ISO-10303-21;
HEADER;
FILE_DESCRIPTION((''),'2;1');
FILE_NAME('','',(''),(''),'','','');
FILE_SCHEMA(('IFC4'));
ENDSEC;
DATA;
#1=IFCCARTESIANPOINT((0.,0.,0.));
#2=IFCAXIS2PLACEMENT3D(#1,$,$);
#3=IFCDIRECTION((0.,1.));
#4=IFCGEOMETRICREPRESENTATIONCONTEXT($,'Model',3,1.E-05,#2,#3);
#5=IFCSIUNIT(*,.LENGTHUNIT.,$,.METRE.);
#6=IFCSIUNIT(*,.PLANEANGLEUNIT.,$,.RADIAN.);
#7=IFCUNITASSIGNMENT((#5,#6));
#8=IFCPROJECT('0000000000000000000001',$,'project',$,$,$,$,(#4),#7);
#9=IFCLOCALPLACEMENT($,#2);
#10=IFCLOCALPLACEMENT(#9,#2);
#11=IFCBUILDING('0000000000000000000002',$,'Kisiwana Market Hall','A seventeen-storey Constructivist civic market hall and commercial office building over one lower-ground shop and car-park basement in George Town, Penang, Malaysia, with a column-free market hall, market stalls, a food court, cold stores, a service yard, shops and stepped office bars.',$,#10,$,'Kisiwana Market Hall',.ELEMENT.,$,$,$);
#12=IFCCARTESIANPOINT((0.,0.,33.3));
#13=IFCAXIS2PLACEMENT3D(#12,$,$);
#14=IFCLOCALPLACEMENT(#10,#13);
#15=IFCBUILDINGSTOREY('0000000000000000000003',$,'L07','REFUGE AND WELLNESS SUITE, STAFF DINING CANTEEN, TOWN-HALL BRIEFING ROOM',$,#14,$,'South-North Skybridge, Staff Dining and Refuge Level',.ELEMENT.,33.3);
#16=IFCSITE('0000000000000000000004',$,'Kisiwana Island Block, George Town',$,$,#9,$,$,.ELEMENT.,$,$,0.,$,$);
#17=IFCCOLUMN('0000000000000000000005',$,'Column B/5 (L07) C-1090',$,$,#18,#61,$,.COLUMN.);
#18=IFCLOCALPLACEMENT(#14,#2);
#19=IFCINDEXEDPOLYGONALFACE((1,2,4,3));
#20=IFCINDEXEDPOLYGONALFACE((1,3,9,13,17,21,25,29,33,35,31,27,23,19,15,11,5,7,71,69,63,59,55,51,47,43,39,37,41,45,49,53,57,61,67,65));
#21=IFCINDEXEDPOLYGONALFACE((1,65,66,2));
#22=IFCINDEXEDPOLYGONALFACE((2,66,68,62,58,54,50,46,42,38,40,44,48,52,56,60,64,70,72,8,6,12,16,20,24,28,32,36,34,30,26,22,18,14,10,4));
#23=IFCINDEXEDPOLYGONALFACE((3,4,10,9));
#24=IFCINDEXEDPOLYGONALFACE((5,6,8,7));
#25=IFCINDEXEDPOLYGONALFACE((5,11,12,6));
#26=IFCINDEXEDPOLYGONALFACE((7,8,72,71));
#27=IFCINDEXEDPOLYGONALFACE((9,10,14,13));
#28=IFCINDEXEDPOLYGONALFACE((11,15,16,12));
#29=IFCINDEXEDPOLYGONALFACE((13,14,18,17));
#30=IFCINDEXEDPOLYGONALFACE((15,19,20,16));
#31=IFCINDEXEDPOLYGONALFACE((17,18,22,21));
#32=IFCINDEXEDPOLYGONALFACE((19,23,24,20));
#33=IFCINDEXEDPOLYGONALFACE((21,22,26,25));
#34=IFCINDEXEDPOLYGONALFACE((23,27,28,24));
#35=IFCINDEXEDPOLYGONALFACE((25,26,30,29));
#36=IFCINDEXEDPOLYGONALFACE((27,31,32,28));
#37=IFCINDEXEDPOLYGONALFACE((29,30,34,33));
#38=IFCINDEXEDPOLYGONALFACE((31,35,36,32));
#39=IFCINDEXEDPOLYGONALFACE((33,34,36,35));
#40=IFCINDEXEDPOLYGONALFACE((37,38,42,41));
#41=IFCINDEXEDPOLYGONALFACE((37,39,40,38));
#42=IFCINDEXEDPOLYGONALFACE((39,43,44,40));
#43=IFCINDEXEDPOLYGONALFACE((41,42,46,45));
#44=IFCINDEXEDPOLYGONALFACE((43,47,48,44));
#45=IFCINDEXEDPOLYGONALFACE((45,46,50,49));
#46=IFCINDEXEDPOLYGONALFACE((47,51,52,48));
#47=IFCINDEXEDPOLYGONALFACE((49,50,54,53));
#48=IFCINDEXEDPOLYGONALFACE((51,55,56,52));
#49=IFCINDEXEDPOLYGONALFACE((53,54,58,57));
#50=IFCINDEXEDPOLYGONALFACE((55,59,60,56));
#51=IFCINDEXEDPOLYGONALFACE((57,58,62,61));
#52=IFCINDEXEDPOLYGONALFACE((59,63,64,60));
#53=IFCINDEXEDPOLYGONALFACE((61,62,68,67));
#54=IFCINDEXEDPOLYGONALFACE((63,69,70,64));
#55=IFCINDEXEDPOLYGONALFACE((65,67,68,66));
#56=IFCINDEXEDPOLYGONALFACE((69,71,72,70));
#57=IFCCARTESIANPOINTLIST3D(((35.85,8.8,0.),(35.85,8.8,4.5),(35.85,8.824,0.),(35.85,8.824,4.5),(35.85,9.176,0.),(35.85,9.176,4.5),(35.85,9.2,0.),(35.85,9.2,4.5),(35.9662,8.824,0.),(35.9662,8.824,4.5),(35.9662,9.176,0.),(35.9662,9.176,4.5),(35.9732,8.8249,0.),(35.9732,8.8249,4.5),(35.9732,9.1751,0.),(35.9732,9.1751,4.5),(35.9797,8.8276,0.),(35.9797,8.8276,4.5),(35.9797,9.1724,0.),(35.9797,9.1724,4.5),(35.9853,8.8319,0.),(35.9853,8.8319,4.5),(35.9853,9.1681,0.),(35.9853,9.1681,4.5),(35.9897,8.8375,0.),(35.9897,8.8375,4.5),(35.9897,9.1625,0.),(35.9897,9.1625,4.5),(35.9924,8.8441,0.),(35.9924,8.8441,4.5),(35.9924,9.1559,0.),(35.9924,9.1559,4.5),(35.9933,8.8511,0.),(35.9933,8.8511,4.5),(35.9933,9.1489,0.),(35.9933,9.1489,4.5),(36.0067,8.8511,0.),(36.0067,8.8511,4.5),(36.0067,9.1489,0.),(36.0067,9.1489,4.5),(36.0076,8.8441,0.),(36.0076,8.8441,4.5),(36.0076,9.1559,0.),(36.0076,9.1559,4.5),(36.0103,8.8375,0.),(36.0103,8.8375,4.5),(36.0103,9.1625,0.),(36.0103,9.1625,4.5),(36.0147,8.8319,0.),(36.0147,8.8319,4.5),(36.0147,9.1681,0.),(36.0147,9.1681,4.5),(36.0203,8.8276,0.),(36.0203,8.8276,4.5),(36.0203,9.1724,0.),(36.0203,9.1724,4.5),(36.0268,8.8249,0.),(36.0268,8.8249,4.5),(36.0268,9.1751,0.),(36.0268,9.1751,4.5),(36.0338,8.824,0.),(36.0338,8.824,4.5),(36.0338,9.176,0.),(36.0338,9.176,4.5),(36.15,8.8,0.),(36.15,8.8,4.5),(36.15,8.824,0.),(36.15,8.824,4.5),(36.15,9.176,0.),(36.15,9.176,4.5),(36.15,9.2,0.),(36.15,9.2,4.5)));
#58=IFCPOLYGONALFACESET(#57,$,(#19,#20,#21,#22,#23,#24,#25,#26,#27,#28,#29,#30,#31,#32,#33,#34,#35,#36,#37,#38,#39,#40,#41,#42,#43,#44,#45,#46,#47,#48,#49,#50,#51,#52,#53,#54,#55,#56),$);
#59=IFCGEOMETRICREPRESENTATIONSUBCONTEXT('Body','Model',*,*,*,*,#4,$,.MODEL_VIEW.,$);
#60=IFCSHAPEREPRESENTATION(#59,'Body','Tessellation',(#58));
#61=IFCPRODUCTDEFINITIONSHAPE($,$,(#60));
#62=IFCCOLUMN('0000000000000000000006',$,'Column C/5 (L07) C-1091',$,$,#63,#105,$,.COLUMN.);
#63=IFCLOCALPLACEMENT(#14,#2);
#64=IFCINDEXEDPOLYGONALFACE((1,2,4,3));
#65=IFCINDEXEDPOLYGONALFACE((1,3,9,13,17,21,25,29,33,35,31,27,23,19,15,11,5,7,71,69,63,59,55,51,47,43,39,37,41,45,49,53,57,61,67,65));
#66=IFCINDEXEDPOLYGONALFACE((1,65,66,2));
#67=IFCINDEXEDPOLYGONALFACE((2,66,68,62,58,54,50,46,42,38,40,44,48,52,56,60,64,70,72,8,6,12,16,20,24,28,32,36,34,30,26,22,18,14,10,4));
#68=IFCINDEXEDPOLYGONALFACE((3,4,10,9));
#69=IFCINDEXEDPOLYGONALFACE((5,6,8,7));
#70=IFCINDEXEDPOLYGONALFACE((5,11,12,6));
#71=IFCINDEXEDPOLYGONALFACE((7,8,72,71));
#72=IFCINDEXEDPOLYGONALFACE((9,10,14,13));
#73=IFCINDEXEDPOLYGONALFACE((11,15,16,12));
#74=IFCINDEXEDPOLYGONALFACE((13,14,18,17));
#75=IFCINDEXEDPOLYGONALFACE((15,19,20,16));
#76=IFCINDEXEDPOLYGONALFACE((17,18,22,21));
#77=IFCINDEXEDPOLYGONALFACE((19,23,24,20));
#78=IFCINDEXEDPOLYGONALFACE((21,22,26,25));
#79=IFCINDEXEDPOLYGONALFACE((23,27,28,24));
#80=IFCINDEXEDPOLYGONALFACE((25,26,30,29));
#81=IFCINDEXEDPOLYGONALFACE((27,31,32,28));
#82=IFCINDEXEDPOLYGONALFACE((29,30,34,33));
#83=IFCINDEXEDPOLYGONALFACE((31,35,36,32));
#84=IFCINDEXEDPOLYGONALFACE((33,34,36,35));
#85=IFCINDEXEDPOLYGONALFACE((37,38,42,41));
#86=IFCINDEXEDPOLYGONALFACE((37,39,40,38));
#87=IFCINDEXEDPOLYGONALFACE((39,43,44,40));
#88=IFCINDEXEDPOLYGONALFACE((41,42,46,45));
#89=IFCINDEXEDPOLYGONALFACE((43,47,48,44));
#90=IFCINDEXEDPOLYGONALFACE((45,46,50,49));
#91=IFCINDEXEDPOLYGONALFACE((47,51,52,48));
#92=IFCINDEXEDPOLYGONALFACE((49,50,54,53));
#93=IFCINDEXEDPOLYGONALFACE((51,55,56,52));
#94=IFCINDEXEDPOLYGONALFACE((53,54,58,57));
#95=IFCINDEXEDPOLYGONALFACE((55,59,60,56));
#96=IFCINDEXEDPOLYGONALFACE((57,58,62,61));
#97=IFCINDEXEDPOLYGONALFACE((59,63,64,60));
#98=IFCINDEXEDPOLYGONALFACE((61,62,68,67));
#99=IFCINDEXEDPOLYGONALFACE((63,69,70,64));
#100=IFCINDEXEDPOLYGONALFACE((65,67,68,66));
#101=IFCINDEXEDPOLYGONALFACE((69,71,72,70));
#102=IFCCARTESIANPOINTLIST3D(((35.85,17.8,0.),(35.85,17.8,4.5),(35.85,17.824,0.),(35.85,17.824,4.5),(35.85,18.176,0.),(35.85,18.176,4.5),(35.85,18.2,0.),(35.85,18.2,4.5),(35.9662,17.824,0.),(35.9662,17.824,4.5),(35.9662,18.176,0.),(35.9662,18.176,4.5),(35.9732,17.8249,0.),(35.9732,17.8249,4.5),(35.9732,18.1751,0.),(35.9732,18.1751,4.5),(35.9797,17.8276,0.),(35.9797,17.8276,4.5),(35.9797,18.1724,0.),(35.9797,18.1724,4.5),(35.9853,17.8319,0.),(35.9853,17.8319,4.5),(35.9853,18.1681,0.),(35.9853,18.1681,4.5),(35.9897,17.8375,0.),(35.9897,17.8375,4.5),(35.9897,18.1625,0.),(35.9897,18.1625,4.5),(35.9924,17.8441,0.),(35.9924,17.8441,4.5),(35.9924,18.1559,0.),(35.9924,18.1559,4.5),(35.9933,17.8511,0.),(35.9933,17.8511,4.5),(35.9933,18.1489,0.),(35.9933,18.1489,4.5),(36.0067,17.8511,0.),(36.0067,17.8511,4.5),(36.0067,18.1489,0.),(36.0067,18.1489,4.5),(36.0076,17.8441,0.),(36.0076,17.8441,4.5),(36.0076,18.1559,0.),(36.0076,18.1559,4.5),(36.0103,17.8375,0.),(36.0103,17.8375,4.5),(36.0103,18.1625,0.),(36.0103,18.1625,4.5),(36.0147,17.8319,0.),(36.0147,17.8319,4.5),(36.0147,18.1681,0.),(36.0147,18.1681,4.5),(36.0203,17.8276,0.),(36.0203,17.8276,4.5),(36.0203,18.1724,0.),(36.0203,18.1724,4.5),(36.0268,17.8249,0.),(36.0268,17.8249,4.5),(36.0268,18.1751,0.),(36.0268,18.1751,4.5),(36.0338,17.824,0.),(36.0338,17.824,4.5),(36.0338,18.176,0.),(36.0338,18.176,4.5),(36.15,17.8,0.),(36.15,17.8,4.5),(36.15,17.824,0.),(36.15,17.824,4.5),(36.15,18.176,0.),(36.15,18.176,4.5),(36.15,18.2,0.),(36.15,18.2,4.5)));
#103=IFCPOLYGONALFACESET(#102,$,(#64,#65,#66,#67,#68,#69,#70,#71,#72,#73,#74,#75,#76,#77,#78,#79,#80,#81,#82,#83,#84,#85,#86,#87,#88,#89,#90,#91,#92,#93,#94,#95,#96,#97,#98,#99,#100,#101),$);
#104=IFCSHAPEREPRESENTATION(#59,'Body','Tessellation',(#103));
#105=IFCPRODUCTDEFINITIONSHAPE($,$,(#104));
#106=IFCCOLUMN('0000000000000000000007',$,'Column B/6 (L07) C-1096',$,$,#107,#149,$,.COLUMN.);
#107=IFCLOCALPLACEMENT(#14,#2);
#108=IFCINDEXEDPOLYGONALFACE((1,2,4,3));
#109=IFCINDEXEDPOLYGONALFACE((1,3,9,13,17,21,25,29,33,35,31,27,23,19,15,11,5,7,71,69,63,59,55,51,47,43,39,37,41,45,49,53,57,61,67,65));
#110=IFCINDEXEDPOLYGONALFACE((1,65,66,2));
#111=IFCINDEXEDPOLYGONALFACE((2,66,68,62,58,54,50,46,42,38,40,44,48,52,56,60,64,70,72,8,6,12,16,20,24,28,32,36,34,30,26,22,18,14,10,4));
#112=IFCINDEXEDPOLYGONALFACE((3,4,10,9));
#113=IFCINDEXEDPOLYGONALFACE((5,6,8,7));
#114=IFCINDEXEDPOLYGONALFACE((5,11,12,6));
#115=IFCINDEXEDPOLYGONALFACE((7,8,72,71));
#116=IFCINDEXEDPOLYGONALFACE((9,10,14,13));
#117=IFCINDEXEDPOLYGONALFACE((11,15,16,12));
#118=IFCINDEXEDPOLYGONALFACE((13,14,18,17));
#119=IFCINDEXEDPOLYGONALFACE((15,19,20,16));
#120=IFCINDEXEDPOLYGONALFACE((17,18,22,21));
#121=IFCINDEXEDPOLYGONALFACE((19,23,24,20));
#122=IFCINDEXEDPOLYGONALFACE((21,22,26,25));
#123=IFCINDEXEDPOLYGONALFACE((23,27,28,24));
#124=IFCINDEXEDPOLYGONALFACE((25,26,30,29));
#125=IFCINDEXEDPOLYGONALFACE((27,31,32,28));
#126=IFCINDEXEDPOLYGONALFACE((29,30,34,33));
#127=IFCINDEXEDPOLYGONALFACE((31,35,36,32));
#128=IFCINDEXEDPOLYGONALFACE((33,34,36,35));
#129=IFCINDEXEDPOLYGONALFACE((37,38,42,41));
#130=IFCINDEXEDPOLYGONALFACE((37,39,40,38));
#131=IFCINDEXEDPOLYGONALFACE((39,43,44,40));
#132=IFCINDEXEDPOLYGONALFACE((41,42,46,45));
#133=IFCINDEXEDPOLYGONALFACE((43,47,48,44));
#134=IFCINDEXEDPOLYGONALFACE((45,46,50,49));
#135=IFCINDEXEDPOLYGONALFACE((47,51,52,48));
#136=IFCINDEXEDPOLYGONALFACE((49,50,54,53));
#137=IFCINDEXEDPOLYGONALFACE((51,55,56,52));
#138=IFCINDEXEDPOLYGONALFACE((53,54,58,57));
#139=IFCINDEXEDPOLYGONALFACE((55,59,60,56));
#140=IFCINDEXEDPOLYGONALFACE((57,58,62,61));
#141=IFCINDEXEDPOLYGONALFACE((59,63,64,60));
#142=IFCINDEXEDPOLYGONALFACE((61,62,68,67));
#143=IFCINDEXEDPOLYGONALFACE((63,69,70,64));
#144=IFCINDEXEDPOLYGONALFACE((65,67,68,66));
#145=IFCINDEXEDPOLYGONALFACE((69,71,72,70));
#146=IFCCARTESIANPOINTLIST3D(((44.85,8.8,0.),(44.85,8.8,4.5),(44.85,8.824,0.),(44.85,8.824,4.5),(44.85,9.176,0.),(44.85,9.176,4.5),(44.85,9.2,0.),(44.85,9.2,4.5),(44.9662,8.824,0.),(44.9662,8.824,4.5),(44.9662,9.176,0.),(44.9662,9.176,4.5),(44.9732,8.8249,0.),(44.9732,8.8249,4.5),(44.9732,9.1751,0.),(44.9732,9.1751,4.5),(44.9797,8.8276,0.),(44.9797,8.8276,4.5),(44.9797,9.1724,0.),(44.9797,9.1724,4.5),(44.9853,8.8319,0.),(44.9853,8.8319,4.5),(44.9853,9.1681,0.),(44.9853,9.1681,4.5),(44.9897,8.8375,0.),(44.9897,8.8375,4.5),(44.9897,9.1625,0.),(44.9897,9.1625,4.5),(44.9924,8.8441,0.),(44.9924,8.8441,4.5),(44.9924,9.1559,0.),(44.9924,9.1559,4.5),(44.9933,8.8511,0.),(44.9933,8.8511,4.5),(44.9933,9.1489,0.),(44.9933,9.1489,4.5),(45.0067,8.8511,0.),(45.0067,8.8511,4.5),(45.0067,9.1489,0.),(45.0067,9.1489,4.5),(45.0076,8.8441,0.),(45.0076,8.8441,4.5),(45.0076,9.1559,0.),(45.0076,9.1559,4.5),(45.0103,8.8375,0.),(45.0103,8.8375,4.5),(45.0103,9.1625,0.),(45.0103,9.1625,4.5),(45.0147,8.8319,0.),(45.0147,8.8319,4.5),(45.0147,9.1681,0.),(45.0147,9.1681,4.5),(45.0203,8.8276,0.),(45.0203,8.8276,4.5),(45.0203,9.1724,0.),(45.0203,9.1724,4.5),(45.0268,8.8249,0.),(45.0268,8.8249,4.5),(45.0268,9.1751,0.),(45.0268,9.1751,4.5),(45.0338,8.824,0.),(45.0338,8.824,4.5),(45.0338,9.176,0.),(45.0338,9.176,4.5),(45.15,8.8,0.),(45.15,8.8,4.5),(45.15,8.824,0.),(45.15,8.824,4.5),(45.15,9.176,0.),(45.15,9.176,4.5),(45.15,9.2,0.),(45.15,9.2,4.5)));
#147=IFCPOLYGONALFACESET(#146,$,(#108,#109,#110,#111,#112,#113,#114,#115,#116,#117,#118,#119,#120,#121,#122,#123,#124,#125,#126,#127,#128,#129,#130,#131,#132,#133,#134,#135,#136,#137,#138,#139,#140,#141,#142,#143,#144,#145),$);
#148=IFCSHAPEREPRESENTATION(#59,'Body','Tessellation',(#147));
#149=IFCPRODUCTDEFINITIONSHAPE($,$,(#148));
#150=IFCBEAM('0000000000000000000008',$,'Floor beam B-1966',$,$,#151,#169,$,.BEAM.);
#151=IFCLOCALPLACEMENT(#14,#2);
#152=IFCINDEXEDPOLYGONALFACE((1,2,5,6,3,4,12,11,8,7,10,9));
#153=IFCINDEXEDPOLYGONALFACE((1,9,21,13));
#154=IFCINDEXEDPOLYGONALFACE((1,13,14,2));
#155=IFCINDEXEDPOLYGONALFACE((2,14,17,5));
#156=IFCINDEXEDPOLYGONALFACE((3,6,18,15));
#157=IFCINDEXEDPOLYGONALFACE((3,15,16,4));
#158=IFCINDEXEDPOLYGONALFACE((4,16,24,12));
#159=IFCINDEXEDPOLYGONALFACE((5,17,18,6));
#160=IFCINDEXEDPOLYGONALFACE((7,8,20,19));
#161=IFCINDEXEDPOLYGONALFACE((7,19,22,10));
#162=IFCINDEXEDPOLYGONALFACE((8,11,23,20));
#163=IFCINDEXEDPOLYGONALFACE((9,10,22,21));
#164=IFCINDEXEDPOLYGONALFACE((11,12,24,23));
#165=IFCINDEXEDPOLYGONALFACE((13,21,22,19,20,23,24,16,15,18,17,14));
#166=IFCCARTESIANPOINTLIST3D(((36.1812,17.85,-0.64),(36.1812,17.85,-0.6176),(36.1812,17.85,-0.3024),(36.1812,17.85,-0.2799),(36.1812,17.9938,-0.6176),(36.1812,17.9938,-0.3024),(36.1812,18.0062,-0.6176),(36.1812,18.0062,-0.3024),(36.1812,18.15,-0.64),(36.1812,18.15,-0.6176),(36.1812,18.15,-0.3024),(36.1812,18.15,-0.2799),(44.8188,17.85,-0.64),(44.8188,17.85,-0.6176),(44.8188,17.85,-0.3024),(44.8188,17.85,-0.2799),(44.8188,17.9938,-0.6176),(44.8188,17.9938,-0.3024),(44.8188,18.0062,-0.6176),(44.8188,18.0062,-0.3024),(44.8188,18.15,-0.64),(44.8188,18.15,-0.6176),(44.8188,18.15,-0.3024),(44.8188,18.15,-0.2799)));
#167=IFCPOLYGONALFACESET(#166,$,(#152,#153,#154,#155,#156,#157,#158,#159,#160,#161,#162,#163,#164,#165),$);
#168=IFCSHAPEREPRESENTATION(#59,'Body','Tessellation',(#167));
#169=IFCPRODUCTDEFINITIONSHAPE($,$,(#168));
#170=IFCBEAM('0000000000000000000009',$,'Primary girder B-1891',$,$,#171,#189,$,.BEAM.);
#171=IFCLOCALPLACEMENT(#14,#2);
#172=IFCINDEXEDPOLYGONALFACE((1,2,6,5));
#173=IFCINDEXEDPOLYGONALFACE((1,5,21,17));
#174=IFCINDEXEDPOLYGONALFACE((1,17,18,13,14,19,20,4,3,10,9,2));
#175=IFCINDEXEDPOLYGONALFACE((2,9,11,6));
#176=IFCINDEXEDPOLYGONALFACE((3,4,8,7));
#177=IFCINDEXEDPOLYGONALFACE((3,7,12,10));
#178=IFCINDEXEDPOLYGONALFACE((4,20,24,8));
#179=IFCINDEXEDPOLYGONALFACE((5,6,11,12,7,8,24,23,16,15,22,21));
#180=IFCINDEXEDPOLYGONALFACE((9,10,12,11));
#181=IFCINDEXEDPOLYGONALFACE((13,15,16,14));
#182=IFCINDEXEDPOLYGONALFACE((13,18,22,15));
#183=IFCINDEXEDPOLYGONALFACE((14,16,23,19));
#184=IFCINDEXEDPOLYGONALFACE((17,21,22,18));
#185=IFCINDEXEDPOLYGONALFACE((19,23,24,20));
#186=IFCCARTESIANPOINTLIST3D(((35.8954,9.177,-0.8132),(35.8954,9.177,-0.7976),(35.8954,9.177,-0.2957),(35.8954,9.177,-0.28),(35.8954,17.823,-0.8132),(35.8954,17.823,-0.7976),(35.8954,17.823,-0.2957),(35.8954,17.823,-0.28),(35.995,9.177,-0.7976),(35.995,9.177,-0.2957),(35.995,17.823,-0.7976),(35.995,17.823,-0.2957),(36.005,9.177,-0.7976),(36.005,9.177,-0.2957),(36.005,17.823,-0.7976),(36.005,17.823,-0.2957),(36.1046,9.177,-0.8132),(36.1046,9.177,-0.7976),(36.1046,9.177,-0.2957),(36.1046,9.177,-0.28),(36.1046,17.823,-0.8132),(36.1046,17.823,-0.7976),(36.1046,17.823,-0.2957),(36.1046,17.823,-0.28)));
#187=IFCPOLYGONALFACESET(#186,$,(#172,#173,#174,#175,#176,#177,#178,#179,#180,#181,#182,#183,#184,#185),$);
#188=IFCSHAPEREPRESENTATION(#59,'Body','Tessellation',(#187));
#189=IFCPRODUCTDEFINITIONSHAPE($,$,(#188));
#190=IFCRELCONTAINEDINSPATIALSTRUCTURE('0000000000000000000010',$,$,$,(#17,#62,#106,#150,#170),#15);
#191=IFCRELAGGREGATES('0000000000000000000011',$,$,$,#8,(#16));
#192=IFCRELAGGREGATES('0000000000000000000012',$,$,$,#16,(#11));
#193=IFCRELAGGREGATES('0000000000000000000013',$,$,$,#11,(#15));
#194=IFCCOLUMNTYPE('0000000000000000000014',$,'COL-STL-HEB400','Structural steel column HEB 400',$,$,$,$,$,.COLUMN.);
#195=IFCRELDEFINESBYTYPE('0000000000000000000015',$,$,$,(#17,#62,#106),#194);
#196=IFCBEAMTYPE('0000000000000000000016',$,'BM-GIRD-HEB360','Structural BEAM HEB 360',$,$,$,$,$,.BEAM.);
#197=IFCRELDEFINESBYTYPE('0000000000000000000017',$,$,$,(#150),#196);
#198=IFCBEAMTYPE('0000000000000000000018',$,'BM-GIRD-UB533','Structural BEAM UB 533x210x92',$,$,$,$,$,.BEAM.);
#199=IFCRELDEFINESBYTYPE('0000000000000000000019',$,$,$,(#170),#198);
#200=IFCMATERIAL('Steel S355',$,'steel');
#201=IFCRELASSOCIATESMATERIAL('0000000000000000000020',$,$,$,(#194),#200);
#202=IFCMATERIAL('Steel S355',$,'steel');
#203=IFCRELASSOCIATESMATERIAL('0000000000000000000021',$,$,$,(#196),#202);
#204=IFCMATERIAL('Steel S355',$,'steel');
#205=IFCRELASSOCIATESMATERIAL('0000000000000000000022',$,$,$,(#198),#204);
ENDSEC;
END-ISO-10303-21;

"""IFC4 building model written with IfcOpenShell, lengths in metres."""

from ifc_helpers import new_model, si_unit, direction, frame, origin, origin_2d, place, context, subcontext, project, spatial, i_section, extrude, material, material_profile, profile_set, type_object, element, save


model = new_model("IFC4")

# Units and contexts
model_context = context("Model", 3, precision=1e-05, world=origin(), true_north=direction((0.0, 1.0)))
body_context = subcontext(model_context, "Body", "Model", "MODEL_VIEW")
ifc_project = project(units=[si_unit("LENGTHUNIT", "METRE"), si_unit("PLANEANGLEUNIT", "RADIAN")], contexts=[model_context])

# Site, building, storey
site_placement = place(None, origin())
site = spatial("IfcSite", under=ifc_project, at=site_placement, Name="Kisiwana Island Block, George Town", CompositionType="ELEMENT", RefElevation=0.0)
building_placement = place(site_placement, origin())
building = spatial("IfcBuilding", under=site, at=building_placement, Name="Kisiwana Market Hall", Description="A seventeen-storey Constructivist civic market hall and commercial office building over one lower-ground shop and car-park basement in George Town, Penang, Malaysia, with a column-free market hall, market stalls, a food court, cold stores, a service yard, shops and stepped office bars.", LongName="Kisiwana Market Hall", CompositionType="ELEMENT")
storey_placement = place(building_placement, frame((0.0, 0.0, 33.3)))
storey = spatial("IfcBuildingStorey", under=building, at=storey_placement, Name="L07", Description="REFUGE AND WELLNESS SUITE, STAFF DINING CANTEEN, TOWN-HALL BRIEFING ROOM", LongName="South-North Skybridge, Staff Dining and Refuge Level", CompositionType="ELEMENT", Elevation=33.3)

# Columns
ifc_material_1 = material(Name="Steel S355", Category="steel")
ifc_material_profile_1 = material_profile(ifc_material_1, i_section(OverallWidth=0.3, OverallDepth=0.3999, WebThickness=0.0134, FlangeThickness=0.0239, FilletRadius=0.0271, at=origin_2d()), Name="HEB 400")
ifc_profile_set_1 = profile_set([ifc_material_profile_1], Name="Steel S355")
column_type = type_object("IfcColumnType", Name="COL-STL-HEB400", Description="Structural steel column HEB 400", PredefinedType="COLUMN", material=ifc_profile_set_1)
for number, where, z_axis, x_axis, name in (
    (1, (36.0, 9.0, 0.0), (0.0, 0.0, 1.0), (1.0, 0.0, 0.0), "Column B/5 (L07) C-1090"),
    (2, (36.0, 18.0, 0.0), (0.0, 0.0, 1.0), (1.0, 0.0, 0.0), "Column C/5 (L07) C-1091"),
    (3, (45.0, 9.0, 0.0), (0.0, 0.0, 1.0), (1.0, 0.0, 0.0), "Column B/6 (L07) C-1096"),
):
    element("IfcColumn", number, at=place(storey_placement, frame(where, z_axis=z_axis, x_axis=x_axis)), inside=storey, type_object=column_type, Name=name, PredefinedType="COLUMN", context=body_context, shape_type="SweptSolid", body=[
        extrude(i_section(OverallWidth=0.3, OverallDepth=0.3999, WebThickness=0.0134, FlangeThickness=0.0239, FilletRadius=0.0271, at=origin_2d()), origin(), (0.0, 0.0, 1.0), 4.5),
    ])

# Beams
ifc_material_2 = material(Name="Steel S355", Category="steel")
ifc_material_profile_2 = material_profile(ifc_material_2, i_section(OverallWidth=0.3, OverallDepth=0.3601, WebThickness=0.0125, FlangeThickness=0.0225, at=origin_2d()), Name="HEB 360")
ifc_profile_set_2 = profile_set([ifc_material_profile_2], Name="Steel S355")
beam_type_1 = type_object("IfcBeamType", Name="BM-GIRD-HEB360", Description="Structural BEAM HEB 360", PredefinedType="BEAM", material=ifc_profile_set_2)
beam_1_placement = place(storey_placement, frame((36.1812, 18.0, -0.46), z_axis=(1.0, 0.0, 0.0), x_axis=(0.0, 1.0, 0.0)))
element("IfcBeam", 4, at=beam_1_placement, inside=storey, type_object=beam_type_1, Name="Floor beam B-1966", PredefinedType="BEAM", context=body_context, shape_type="SweptSolid", body=[
    extrude(i_section(OverallWidth=0.3, OverallDepth=0.3601, WebThickness=0.0125, FlangeThickness=0.0225, at=origin_2d()), origin(), (0.0, 0.0, 1.0), 8.6377),
])
ifc_material_3 = material(Name="Steel S355", Category="steel")
ifc_material_profile_3 = material_profile(ifc_material_3, i_section(OverallWidth=0.2092, OverallDepth=0.5332, WebThickness=0.01, FlangeThickness=0.0156, at=origin_2d()), Name="UB 533x210x92")
ifc_profile_set_3 = profile_set([ifc_material_profile_3], Name="Steel S355")
beam_type_2 = type_object("IfcBeamType", Name="BM-GIRD-UB533", Description="Structural BEAM UB 533x210x92", PredefinedType="BEAM", material=ifc_profile_set_3)
beam_2_placement = place(storey_placement, frame((36.0, 9.177, -0.5466), z_axis=(0.0, 1.0, 0.0), x_axis=(-1.0, 0.0, 0.0)))
element("IfcBeam", 5, at=beam_2_placement, inside=storey, type_object=beam_type_2, Name="Primary girder B-1891", PredefinedType="BEAM", context=body_context, shape_type="SweptSolid", body=[
    extrude(i_section(OverallWidth=0.2092, OverallDepth=0.5332, WebThickness=0.01, FlangeThickness=0.0156, at=origin_2d()), origin(), (0.0, 0.0, 1.0), 8.646),
])

save(model, "model.ifc")
